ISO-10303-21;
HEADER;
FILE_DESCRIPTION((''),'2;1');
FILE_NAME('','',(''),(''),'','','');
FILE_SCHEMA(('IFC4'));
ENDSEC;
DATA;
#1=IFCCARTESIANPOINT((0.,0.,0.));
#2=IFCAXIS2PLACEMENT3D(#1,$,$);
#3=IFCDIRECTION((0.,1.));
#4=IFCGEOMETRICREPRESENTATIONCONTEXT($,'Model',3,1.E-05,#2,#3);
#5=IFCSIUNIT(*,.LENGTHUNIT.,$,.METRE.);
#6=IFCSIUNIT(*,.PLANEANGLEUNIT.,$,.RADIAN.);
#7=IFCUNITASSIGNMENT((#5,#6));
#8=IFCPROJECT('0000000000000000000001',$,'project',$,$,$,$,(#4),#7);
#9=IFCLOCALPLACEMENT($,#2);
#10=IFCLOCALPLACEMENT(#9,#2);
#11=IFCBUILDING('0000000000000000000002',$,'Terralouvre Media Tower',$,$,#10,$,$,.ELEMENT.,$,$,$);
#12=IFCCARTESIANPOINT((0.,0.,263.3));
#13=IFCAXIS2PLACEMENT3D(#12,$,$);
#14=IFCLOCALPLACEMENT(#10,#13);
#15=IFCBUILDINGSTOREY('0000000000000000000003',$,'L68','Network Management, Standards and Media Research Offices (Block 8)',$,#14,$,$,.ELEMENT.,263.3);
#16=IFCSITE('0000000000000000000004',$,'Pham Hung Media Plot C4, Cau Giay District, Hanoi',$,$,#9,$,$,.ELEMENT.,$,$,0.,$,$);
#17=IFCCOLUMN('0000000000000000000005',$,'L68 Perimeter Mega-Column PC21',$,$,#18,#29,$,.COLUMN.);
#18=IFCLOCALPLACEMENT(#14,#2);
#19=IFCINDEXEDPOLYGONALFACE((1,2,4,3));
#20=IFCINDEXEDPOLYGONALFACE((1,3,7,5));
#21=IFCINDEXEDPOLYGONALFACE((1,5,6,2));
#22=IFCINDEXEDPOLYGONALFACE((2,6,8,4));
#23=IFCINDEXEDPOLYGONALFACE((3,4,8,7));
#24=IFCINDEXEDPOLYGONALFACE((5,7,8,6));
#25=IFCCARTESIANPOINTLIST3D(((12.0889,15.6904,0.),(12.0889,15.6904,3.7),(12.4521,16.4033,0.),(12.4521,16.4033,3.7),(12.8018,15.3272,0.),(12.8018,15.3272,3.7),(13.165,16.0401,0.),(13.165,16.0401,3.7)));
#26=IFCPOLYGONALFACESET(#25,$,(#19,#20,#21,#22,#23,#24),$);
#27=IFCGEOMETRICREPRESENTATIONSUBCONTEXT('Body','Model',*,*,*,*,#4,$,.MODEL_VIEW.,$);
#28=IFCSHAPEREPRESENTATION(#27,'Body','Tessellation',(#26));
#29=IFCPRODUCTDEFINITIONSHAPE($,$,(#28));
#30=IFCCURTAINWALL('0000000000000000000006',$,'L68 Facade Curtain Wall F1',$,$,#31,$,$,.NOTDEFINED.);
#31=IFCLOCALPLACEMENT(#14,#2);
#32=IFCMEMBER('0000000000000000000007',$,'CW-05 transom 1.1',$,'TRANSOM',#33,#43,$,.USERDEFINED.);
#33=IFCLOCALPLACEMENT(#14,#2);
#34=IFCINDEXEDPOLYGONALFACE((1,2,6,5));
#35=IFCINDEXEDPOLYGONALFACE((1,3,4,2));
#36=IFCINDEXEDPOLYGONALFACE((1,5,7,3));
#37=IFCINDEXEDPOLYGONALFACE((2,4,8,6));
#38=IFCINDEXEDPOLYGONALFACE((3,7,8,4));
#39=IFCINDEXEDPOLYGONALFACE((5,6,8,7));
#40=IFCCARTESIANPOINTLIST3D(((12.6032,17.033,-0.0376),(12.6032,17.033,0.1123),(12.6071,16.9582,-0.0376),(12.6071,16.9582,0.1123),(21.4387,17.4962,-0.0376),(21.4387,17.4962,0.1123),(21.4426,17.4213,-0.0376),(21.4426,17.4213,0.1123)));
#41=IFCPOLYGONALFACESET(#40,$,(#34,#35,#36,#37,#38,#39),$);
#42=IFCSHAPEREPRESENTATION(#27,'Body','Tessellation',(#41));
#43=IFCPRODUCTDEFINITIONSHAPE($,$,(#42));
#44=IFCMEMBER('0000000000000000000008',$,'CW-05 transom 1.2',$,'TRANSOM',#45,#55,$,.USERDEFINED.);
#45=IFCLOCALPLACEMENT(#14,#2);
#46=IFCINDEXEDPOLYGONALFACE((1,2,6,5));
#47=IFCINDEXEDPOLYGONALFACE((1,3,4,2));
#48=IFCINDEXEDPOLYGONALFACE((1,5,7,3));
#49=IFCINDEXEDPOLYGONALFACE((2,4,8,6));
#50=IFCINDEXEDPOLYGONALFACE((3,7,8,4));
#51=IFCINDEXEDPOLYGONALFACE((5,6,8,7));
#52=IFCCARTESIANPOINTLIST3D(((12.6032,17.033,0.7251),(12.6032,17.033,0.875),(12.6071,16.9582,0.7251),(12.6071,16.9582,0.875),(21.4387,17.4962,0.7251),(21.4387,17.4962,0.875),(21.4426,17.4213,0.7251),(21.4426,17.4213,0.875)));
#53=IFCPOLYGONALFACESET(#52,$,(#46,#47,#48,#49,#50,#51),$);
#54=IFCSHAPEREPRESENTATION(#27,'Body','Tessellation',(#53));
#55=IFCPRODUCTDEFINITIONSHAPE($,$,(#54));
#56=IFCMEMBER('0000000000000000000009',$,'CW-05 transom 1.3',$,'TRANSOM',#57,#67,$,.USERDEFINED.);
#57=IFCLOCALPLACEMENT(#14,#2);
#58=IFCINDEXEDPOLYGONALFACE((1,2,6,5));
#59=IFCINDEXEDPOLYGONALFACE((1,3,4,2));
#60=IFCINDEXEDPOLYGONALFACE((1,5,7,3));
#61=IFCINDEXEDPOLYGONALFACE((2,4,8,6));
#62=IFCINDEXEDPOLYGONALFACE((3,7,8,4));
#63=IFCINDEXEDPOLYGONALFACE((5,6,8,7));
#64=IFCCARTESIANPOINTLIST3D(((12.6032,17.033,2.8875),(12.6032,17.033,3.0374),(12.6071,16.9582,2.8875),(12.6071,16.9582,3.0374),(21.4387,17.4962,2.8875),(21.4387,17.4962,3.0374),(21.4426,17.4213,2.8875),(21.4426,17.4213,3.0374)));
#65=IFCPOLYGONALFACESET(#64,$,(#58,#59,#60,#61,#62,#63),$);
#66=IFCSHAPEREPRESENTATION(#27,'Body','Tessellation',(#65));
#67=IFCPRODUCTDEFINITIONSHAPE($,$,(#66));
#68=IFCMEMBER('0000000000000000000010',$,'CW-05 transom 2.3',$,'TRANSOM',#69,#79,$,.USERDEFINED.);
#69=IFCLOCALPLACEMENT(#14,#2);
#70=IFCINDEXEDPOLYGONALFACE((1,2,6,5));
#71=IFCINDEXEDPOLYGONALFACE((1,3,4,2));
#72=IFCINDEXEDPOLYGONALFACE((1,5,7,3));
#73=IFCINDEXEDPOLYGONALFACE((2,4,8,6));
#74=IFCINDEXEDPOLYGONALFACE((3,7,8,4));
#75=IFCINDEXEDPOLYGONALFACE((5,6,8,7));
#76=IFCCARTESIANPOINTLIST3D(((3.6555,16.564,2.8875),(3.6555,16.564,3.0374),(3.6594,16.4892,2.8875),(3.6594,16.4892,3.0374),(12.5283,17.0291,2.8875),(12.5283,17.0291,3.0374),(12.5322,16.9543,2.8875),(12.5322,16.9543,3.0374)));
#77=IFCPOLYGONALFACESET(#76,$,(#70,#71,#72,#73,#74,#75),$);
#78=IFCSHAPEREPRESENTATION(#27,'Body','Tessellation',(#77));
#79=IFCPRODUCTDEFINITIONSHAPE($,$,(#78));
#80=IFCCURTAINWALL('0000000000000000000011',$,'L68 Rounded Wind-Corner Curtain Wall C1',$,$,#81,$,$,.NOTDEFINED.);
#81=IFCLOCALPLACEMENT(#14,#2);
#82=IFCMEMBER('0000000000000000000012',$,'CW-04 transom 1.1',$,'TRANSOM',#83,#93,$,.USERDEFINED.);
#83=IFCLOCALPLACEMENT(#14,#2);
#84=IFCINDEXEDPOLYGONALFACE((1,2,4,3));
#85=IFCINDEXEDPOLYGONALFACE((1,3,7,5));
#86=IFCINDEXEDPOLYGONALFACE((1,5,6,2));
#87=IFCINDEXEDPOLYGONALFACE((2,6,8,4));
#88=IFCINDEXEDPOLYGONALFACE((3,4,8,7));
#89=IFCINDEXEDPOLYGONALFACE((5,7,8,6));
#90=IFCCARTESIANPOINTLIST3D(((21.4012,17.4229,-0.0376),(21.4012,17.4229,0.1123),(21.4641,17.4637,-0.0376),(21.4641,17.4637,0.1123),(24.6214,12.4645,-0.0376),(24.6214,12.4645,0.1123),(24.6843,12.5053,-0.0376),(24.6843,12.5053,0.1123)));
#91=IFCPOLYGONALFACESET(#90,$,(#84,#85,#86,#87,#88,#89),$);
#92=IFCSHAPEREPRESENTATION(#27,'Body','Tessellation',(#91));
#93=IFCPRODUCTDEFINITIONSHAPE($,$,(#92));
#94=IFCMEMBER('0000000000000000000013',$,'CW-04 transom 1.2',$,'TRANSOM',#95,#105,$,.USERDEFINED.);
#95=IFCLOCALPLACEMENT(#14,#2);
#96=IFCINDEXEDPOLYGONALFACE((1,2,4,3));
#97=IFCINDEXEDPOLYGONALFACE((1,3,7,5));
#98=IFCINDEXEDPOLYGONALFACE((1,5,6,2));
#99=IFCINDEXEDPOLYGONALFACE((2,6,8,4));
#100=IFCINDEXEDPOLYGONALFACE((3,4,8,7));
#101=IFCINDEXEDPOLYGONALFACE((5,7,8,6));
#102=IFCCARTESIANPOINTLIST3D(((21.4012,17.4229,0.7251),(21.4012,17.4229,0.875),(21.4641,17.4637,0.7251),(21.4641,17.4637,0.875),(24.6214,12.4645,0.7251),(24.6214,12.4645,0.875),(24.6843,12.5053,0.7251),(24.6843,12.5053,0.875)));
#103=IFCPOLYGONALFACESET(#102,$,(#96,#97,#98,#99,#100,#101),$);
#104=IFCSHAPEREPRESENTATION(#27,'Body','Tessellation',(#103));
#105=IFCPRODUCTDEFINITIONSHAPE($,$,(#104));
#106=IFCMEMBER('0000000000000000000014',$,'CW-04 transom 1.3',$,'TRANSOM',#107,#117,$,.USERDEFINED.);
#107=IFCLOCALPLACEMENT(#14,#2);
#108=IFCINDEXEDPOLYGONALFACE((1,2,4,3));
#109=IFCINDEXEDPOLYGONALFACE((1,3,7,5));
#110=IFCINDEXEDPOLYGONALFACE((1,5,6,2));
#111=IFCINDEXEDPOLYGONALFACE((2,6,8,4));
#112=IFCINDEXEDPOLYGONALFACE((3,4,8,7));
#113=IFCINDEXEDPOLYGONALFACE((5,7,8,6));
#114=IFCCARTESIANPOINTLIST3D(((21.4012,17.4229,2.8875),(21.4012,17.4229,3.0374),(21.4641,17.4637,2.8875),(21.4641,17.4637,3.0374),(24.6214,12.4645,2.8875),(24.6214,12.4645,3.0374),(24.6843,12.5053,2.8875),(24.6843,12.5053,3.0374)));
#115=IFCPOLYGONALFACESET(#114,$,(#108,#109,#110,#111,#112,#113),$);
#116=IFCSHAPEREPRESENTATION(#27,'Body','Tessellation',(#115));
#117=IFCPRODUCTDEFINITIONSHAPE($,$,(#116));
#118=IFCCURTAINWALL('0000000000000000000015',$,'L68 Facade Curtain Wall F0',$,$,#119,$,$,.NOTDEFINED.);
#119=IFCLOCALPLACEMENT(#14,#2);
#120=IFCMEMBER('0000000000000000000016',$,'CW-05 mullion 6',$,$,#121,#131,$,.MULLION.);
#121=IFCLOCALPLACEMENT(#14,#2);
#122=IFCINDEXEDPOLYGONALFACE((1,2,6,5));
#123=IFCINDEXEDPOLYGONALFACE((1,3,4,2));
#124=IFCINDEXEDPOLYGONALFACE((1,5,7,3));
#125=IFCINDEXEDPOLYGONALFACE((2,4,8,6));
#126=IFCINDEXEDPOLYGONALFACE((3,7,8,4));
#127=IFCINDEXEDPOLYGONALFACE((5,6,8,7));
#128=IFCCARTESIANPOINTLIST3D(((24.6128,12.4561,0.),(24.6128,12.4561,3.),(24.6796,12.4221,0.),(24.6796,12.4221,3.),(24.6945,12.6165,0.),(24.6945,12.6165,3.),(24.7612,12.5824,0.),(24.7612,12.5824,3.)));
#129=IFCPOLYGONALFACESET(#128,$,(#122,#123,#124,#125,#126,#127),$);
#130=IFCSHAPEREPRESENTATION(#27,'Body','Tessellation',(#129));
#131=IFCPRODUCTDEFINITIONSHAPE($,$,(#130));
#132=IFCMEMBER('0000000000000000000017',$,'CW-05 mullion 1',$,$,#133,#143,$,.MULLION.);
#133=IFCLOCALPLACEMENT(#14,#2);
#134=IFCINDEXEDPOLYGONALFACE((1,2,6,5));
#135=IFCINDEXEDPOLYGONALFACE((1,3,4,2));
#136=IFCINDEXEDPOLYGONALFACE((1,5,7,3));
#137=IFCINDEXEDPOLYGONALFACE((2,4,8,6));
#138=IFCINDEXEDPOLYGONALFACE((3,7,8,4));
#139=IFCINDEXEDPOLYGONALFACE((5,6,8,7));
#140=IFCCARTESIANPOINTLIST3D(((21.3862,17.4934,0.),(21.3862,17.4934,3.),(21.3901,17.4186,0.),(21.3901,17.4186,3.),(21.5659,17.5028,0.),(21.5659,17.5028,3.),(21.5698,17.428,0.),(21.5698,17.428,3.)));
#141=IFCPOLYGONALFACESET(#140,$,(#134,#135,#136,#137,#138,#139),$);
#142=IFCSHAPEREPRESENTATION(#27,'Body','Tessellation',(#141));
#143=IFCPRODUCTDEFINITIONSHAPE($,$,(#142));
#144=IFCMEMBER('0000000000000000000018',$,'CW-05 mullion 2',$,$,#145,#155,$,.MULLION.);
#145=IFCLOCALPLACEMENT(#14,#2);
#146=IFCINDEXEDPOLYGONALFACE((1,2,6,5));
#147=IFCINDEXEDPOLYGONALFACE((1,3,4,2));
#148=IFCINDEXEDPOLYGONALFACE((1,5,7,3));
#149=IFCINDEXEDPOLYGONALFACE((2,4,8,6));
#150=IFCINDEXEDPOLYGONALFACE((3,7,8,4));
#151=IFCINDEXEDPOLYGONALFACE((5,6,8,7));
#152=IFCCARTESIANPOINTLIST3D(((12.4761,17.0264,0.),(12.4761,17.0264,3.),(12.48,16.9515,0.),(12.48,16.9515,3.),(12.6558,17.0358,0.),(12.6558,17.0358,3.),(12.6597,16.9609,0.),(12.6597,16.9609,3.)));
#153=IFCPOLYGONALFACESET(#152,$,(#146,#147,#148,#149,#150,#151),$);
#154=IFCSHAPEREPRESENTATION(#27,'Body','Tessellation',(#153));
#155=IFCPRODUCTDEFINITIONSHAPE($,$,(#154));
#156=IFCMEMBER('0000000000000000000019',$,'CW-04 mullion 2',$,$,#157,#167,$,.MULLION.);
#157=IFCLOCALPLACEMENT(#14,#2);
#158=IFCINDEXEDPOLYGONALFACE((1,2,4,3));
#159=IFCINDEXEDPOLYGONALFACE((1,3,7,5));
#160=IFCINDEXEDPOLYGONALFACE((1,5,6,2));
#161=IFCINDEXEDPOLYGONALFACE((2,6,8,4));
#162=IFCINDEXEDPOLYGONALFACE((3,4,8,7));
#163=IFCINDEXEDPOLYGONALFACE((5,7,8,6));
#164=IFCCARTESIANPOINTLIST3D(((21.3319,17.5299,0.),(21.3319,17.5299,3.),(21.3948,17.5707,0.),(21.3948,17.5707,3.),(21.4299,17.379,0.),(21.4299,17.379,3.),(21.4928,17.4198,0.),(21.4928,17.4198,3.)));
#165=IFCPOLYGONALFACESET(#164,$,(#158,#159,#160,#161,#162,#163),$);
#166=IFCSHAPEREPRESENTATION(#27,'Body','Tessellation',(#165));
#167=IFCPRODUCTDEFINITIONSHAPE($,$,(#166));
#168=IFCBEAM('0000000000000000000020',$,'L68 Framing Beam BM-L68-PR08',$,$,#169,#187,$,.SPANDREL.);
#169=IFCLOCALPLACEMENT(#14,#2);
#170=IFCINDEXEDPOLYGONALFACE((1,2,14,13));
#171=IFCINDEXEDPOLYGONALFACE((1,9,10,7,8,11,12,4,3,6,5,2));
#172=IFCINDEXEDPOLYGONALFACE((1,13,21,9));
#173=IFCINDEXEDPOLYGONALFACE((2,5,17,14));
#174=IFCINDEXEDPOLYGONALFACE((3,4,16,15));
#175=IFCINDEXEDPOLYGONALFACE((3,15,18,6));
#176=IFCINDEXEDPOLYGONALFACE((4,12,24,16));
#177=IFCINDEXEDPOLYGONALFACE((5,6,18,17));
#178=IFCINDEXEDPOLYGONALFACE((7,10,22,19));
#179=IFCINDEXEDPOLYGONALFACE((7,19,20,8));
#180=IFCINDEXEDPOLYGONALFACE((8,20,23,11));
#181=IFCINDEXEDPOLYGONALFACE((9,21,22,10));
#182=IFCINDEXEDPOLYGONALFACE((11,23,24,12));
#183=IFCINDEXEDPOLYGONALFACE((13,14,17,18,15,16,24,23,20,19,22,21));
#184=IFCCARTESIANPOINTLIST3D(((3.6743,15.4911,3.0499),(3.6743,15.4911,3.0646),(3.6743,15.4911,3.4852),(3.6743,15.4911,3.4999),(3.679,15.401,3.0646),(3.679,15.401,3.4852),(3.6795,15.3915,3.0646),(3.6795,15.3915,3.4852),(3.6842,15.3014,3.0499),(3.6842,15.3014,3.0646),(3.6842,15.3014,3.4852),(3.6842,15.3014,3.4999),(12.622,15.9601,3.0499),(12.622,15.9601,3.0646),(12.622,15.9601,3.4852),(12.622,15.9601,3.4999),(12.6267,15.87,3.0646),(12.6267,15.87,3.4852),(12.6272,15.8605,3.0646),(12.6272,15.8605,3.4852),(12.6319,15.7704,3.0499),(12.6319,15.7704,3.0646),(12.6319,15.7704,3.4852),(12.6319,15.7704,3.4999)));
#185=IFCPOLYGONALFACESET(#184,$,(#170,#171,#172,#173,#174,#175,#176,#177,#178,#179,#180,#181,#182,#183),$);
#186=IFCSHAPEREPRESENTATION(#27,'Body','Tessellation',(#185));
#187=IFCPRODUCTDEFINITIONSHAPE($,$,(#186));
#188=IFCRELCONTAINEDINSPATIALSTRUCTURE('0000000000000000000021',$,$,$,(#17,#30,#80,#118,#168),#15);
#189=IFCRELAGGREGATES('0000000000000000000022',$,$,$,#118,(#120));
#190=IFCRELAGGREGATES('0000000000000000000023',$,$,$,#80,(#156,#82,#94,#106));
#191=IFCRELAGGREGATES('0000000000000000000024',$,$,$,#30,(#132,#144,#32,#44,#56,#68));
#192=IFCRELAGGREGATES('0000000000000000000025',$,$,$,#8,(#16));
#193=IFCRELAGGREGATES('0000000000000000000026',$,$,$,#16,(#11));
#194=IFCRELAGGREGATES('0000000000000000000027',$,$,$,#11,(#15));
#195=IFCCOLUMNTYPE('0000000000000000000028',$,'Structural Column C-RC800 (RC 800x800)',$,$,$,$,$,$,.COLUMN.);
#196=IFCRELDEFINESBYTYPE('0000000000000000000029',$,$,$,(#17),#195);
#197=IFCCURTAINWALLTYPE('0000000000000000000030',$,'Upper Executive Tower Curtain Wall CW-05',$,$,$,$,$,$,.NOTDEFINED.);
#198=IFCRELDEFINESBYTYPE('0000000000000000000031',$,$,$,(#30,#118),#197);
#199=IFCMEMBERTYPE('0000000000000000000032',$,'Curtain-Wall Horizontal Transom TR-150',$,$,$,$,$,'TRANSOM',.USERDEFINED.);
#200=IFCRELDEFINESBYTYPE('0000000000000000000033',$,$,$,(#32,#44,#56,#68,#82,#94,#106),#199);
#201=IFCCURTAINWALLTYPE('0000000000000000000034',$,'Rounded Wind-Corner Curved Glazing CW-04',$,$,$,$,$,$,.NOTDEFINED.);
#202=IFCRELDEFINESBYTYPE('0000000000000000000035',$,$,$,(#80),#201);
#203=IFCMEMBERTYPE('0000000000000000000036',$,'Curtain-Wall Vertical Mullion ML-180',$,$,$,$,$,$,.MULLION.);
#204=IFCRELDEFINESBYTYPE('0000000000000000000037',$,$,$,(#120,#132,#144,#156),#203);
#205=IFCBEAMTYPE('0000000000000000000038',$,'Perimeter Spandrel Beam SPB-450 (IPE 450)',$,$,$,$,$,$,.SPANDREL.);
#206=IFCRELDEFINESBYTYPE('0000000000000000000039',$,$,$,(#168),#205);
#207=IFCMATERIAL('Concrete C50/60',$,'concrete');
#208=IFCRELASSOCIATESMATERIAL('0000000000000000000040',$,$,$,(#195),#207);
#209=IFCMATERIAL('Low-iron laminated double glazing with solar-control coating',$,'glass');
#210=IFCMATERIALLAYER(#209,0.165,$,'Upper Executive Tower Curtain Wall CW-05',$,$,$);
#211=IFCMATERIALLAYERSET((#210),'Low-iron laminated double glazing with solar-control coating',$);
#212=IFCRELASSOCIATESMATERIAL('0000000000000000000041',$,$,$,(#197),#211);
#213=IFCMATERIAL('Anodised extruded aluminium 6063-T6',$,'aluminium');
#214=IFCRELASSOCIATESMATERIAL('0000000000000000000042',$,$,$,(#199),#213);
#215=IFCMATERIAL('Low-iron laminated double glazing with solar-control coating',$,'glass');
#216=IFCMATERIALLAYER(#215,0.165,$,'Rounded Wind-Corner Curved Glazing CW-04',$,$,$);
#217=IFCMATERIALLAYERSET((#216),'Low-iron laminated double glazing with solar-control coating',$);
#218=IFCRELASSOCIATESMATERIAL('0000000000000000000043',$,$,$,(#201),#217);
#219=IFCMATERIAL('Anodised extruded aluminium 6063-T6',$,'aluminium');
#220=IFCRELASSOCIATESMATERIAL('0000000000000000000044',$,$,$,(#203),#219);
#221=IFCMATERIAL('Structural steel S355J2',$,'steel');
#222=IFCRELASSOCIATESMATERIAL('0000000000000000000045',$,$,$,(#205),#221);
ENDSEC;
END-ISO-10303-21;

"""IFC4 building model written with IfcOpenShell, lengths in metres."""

from ifc_helpers import new_model, si_unit, direction, frame, origin, origin_2d, place, context, subcontext, project, spatial, rectangle, i_section, extrude, material, layer, layer_set, material_profile, profile_set, type_object, element, aggregate, save


model = new_model("IFC4")

# Units and contexts
model_context = context("Model", 3, precision=1e-05, world=origin(), true_north=direction((0.0, 1.0)))
body_context = subcontext(model_context, "Body", "Model", "MODEL_VIEW")
ifc_project = project(units=[si_unit("LENGTHUNIT", "METRE"), si_unit("PLANEANGLEUNIT", "RADIAN")], contexts=[model_context])

# Site, building, storey
site_placement = place(None, origin())
site = spatial("IfcSite", under=ifc_project, at=site_placement, Name="Pham Hung Media Plot C4, Cau Giay District, Hanoi", CompositionType="ELEMENT", RefElevation=0.0)
building_placement = place(site_placement, origin())
building = spatial("IfcBuilding", under=site, at=building_placement, Name="Terralouvre Media Tower", CompositionType="ELEMENT")
storey_placement = place(building_placement, frame((0.0, 0.0, 263.3)))
storey = spatial("IfcBuildingStorey", under=building, at=storey_placement, Name="L68", Description="Network Management, Standards and Media Research Offices (Block 8)", CompositionType="ELEMENT", Elevation=263.3)

# Column
ifc_material_1 = material(Name="Concrete C50/60", Category="concrete")
ifc_material_profile_1 = material_profile(ifc_material_1, rectangle(XDim=0.8, YDim=0.8, at=origin_2d()), Name="RC 800x800")
ifc_profile_set_1 = profile_set([ifc_material_profile_1], Name="Concrete C50/60")
column_type = type_object("IfcColumnType", Name="Structural Column C-RC800 (RC 800x800)", PredefinedType="COLUMN", material=ifc_profile_set_1)
column_placement = place(storey_placement, frame((12.627, 15.8652, 0.0), z_axis=(0.0, 0.0, 1.0), x_axis=(0.45399, 0.891007, 0.0)))
element("IfcColumn", 1, at=column_placement, inside=storey, type_object=column_type, Name="L68 Perimeter Mega-Column PC21", PredefinedType="COLUMN", context=body_context, shape_type="SweptSolid", body=[
    extrude(rectangle(XDim=0.8, YDim=0.8, at=origin_2d()), origin(), (0.0, 0.0, 1.0), 3.7),
])

# Curtain walls, members
ifc_material_2 = material(Name="Low-iron laminated double glazing with solar-control coating", Category="glass")
ifc_layer_1 = layer(ifc_material_2, 0.165, Name="Upper Executive Tower Curtain Wall CW-05")
ifc_layer_set_1 = layer_set([ifc_layer_1], Name="Low-iron laminated double glazing with solar-control coating")
curtain_wall_type_1 = type_object("IfcCurtainWallType", Name="Upper Executive Tower Curtain Wall CW-05", PredefinedType="NOTDEFINED", material=ifc_layer_set_1)
curtain_wall_1_placement = place(storey_placement, origin())
curtain_wall_1 = element("IfcCurtainWall", 2, at=curtain_wall_1_placement, inside=storey, type_object=curtain_wall_type_1, Name="L68 Facade Curtain Wall F1", PredefinedType="NOTDEFINED")
ifc_material_3 = material(Name="Anodised extruded aluminium 6063-T6", Category="aluminium")
ifc_material_profile_2 = material_profile(ifc_material_3, rectangle(XDim=0.075, YDim=0.1499, at=origin_2d()), Name="ALU 75x150")
ifc_profile_set_2 = profile_set([ifc_material_profile_2], Name="Anodised extruded aluminium 6063-T6")
member_type_1 = type_object("IfcMemberType", Name="Curtain-Wall Horizontal Transom TR-150", ElementType="TRANSOM", PredefinedType="USERDEFINED", material=ifc_profile_set_2)
member_1_placement = place(storey_placement, frame((21.4407, 17.4587, 0.0374), z_axis=(-0.998629, -0.052346, 0.0), x_axis=(0.052346, -0.998629, 0.0)))
member_1 = element("IfcMember", 3, at=member_1_placement, type_object=member_type_1, Name="CW-05 transom 1.1", ObjectType="TRANSOM", PredefinedType="USERDEFINED", context=body_context, shape_type="SweptSolid", body=[
    extrude(rectangle(XDim=0.075, YDim=0.1499, at=origin_2d()), origin(), (0.0, 0.0, 1.0), 8.8477),
])
member_2_placement = place(storey_placement, frame((21.4407, 17.4587, 0.8), z_axis=(-0.998629, -0.052346, 0.0), x_axis=(0.052346, -0.998629, 0.0)))
member_2 = element("IfcMember", 4, at=member_2_placement, type_object=member_type_1, Name="CW-05 transom 1.2", ObjectType="TRANSOM", PredefinedType="USERDEFINED", context=body_context, shape_type="SweptSolid", body=[
    extrude(rectangle(XDim=0.075, YDim=0.1499, at=origin_2d()), origin(), (0.0, 0.0, 1.0), 8.8477),
])
member_3_placement = place(storey_placement, frame((21.4407, 17.4587, 2.9624), z_axis=(-0.998629, -0.052346, 0.0), x_axis=(0.052346, -0.998629, 0.0)))
member_3 = element("IfcMember", 5, at=member_3_placement, type_object=member_type_1, Name="CW-05 transom 1.3", ObjectType="TRANSOM", PredefinedType="USERDEFINED", context=body_context, shape_type="SweptSolid", body=[
    extrude(rectangle(XDim=0.075, YDim=0.1499, at=origin_2d()), origin(), (0.0, 0.0, 1.0), 8.8477),
])
member_4_placement = place(storey_placement, frame((12.5303, 16.9917, 2.9624), z_axis=(-0.998629, -0.052345, 0.0), x_axis=(0.052345, -0.998629, 0.0)))
member_4 = element("IfcMember", 6, at=member_4_placement, type_object=member_type_1, Name="CW-05 transom 2.3", ObjectType="TRANSOM", PredefinedType="USERDEFINED", context=body_context, shape_type="SweptSolid", body=[
    extrude(rectangle(XDim=0.075, YDim=0.1499, at=origin_2d()), origin(), (0.0, 0.0, 1.0), 8.885),
])
ifc_material_4 = material(Name="Low-iron laminated double glazing with solar-control coating", Category="glass")
ifc_layer_2 = layer(ifc_material_4, 0.165, Name="Rounded Wind-Corner Curved Glazing CW-04")
ifc_layer_set_2 = layer_set([ifc_layer_2], Name="Low-iron laminated double glazing with solar-control coating")
curtain_wall_type_2 = type_object("IfcCurtainWallType", Name="Rounded Wind-Corner Curved Glazing CW-04", PredefinedType="NOTDEFINED", material=ifc_layer_set_2)
curtain_wall_2_placement = place(storey_placement, origin())
curtain_wall_2 = element("IfcCurtainWall", 7, at=curtain_wall_2_placement, inside=storey, type_object=curtain_wall_type_2, Name="L68 Rounded Wind-Corner Curtain Wall C1", PredefinedType="NOTDEFINED")
member_5_placement = place(storey_placement, frame((24.6528, 12.4849, 0.0374), z_axis=(-0.544654, 0.838661, 0.0), x_axis=(-0.838661, -0.544654, 0.0)))
member_5 = element("IfcMember", 8, at=member_5_placement, type_object=member_type_1, Name="CW-04 transom 1.1", ObjectType="TRANSOM", PredefinedType="USERDEFINED", context=body_context, shape_type="SweptSolid", body=[
    extrude(rectangle(XDim=0.075, YDim=0.1499, at=origin_2d()), origin(), (0.0, 0.0, 1.0), 5.9124),
])
member_6_placement = place(storey_placement, frame((24.6528, 12.4849, 0.8), z_axis=(-0.544654, 0.838661, 0.0), x_axis=(-0.838661, -0.544654, 0.0)))
member_6 = element("IfcMember", 9, at=member_6_placement, type_object=member_type_1, Name="CW-04 transom 1.2", ObjectType="TRANSOM", PredefinedType="USERDEFINED", context=body_context, shape_type="SweptSolid", body=[
    extrude(rectangle(XDim=0.075, YDim=0.1499, at=origin_2d()), origin(), (0.0, 0.0, 1.0), 5.9124),
])
member_7_placement = place(storey_placement, frame((24.6528, 12.4849, 2.9624), z_axis=(-0.544654, 0.838661, 0.0), x_axis=(-0.838661, -0.544654, 0.0)))
member_7 = element("IfcMember", 10, at=member_7_placement, type_object=member_type_1, Name="CW-04 transom 1.3", ObjectType="TRANSOM", PredefinedType="USERDEFINED", context=body_context, shape_type="SweptSolid", body=[
    extrude(rectangle(XDim=0.075, YDim=0.1499, at=origin_2d()), origin(), (0.0, 0.0, 1.0), 5.9124),
])

# Curtain wall, member
curtain_wall_3_placement = place(storey_placement, origin())
curtain_wall_3 = element("IfcCurtainWall", 11, at=curtain_wall_3_placement, inside=storey, type_object=curtain_wall_type_1, Name="L68 Facade Curtain Wall F0", PredefinedType="NOTDEFINED")
ifc_material_5 = material(Name="Anodised extruded aluminium 6063-T6", Category="aluminium")
ifc_material_profile_3 = material_profile(ifc_material_5, rectangle(XDim=0.075, YDim=0.1799, at=origin_2d()), Name="ALU 75x180")
ifc_profile_set_3 = profile_set([ifc_material_profile_3], Name="Anodised extruded aluminium 6063-T6")
member_type_2 = type_object("IfcMemberType", Name="Curtain-Wall Vertical Mullion ML-180", PredefinedType="MULLION", material=ifc_profile_set_3)
member_8_placement = place(storey_placement, frame((24.687, 12.5193, 0.0), z_axis=(0.0, 0.0, 1.0), x_axis=(-0.891007, 0.45399, 0.0)))
member_8 = element("IfcMember", 12, at=member_8_placement, type_object=member_type_2, Name="CW-05 mullion 6", PredefinedType="MULLION", context=body_context, shape_type="SweptSolid", body=[
    extrude(rectangle(XDim=0.075, YDim=0.1799, at=origin_2d()), origin(), (0.0, 0.0, 1.0), 3.0),
])
aggregate(curtain_wall_3, [member_8])

# Members
member_9_placement = place(storey_placement, frame((21.478, 17.4607, 0.0), z_axis=(0.0, 0.0, 1.0), x_axis=(0.052336, -0.99863, 0.0)))
member_9 = element("IfcMember", 13, at=member_9_placement, type_object=member_type_2, Name="CW-05 mullion 1", PredefinedType="MULLION", context=body_context, shape_type="SweptSolid", body=[
    extrude(rectangle(XDim=0.075, YDim=0.1799, at=origin_2d()), origin(), (0.0, 0.0, 1.0), 3.0),
])
member_10_placement = place(storey_placement, frame((12.5679, 16.9937, 0.0), z_axis=(0.0, 0.0, 1.0), x_axis=(0.052336, -0.99863, 0.0)))
member_10 = element("IfcMember", 14, at=member_10_placement, type_object=member_type_2, Name="CW-05 mullion 2", PredefinedType="MULLION", context=body_context, shape_type="SweptSolid", body=[
    extrude(rectangle(XDim=0.075, YDim=0.1799, at=origin_2d()), origin(), (0.0, 0.0, 1.0), 3.0),
])
member_11_placement = place(storey_placement, frame((21.4124, 17.4749, 0.0), z_axis=(0.0, 0.0, 1.0), x_axis=(-0.83867, -0.544639, 0.0)))
member_11 = element("IfcMember", 15, at=member_11_placement, type_object=member_type_2, Name="CW-04 mullion 2", PredefinedType="MULLION", context=body_context, shape_type="SweptSolid", body=[
    extrude(rectangle(XDim=0.075, YDim=0.1799, at=origin_2d()), origin(), (0.0, 0.0, 1.0), 3.0),
])

# Beam
ifc_material_6 = material(Name="Structural steel S355J2", Category="steel")
ifc_material_profile_4 = material_profile(ifc_material_6, i_section(OverallWidth=0.1899, OverallDepth=0.45, WebThickness=0.0095, FlangeThickness=0.0146, at=origin_2d()), Name="IPE 450")
ifc_profile_set_4 = profile_set([ifc_material_profile_4], Name="Structural steel S355J2")
beam_type = type_object("IfcBeamType", Name="Perimeter Spandrel Beam SPB-450 (IPE 450)", PredefinedType="SPANDREL", material=ifc_profile_set_4)
beam_placement = place(storey_placement, frame((12.627, 15.8652, 3.2749), z_axis=(-0.998629, -0.052343, 0.0), x_axis=(0.052343, -0.998629, 0.0)))
element("IfcBeam", 16, at=beam_placement, inside=storey, type_object=beam_type, Name="L68 Framing Beam BM-L68-PR08", PredefinedType="SPANDREL", context=body_context, shape_type="SweptSolid", body=[
    extrude(i_section(OverallWidth=0.1899, OverallDepth=0.45, WebThickness=0.0095, FlangeThickness=0.0146, at=origin_2d()), origin(), (0.0, 0.0, 1.0), 8.96),
])

aggregate(curtain_wall_2, [member_11, member_5, member_6, member_7])
aggregate(curtain_wall_1, [member_9, member_10, member_1, member_2, member_3, member_4])

save(model, "model.ifc")
